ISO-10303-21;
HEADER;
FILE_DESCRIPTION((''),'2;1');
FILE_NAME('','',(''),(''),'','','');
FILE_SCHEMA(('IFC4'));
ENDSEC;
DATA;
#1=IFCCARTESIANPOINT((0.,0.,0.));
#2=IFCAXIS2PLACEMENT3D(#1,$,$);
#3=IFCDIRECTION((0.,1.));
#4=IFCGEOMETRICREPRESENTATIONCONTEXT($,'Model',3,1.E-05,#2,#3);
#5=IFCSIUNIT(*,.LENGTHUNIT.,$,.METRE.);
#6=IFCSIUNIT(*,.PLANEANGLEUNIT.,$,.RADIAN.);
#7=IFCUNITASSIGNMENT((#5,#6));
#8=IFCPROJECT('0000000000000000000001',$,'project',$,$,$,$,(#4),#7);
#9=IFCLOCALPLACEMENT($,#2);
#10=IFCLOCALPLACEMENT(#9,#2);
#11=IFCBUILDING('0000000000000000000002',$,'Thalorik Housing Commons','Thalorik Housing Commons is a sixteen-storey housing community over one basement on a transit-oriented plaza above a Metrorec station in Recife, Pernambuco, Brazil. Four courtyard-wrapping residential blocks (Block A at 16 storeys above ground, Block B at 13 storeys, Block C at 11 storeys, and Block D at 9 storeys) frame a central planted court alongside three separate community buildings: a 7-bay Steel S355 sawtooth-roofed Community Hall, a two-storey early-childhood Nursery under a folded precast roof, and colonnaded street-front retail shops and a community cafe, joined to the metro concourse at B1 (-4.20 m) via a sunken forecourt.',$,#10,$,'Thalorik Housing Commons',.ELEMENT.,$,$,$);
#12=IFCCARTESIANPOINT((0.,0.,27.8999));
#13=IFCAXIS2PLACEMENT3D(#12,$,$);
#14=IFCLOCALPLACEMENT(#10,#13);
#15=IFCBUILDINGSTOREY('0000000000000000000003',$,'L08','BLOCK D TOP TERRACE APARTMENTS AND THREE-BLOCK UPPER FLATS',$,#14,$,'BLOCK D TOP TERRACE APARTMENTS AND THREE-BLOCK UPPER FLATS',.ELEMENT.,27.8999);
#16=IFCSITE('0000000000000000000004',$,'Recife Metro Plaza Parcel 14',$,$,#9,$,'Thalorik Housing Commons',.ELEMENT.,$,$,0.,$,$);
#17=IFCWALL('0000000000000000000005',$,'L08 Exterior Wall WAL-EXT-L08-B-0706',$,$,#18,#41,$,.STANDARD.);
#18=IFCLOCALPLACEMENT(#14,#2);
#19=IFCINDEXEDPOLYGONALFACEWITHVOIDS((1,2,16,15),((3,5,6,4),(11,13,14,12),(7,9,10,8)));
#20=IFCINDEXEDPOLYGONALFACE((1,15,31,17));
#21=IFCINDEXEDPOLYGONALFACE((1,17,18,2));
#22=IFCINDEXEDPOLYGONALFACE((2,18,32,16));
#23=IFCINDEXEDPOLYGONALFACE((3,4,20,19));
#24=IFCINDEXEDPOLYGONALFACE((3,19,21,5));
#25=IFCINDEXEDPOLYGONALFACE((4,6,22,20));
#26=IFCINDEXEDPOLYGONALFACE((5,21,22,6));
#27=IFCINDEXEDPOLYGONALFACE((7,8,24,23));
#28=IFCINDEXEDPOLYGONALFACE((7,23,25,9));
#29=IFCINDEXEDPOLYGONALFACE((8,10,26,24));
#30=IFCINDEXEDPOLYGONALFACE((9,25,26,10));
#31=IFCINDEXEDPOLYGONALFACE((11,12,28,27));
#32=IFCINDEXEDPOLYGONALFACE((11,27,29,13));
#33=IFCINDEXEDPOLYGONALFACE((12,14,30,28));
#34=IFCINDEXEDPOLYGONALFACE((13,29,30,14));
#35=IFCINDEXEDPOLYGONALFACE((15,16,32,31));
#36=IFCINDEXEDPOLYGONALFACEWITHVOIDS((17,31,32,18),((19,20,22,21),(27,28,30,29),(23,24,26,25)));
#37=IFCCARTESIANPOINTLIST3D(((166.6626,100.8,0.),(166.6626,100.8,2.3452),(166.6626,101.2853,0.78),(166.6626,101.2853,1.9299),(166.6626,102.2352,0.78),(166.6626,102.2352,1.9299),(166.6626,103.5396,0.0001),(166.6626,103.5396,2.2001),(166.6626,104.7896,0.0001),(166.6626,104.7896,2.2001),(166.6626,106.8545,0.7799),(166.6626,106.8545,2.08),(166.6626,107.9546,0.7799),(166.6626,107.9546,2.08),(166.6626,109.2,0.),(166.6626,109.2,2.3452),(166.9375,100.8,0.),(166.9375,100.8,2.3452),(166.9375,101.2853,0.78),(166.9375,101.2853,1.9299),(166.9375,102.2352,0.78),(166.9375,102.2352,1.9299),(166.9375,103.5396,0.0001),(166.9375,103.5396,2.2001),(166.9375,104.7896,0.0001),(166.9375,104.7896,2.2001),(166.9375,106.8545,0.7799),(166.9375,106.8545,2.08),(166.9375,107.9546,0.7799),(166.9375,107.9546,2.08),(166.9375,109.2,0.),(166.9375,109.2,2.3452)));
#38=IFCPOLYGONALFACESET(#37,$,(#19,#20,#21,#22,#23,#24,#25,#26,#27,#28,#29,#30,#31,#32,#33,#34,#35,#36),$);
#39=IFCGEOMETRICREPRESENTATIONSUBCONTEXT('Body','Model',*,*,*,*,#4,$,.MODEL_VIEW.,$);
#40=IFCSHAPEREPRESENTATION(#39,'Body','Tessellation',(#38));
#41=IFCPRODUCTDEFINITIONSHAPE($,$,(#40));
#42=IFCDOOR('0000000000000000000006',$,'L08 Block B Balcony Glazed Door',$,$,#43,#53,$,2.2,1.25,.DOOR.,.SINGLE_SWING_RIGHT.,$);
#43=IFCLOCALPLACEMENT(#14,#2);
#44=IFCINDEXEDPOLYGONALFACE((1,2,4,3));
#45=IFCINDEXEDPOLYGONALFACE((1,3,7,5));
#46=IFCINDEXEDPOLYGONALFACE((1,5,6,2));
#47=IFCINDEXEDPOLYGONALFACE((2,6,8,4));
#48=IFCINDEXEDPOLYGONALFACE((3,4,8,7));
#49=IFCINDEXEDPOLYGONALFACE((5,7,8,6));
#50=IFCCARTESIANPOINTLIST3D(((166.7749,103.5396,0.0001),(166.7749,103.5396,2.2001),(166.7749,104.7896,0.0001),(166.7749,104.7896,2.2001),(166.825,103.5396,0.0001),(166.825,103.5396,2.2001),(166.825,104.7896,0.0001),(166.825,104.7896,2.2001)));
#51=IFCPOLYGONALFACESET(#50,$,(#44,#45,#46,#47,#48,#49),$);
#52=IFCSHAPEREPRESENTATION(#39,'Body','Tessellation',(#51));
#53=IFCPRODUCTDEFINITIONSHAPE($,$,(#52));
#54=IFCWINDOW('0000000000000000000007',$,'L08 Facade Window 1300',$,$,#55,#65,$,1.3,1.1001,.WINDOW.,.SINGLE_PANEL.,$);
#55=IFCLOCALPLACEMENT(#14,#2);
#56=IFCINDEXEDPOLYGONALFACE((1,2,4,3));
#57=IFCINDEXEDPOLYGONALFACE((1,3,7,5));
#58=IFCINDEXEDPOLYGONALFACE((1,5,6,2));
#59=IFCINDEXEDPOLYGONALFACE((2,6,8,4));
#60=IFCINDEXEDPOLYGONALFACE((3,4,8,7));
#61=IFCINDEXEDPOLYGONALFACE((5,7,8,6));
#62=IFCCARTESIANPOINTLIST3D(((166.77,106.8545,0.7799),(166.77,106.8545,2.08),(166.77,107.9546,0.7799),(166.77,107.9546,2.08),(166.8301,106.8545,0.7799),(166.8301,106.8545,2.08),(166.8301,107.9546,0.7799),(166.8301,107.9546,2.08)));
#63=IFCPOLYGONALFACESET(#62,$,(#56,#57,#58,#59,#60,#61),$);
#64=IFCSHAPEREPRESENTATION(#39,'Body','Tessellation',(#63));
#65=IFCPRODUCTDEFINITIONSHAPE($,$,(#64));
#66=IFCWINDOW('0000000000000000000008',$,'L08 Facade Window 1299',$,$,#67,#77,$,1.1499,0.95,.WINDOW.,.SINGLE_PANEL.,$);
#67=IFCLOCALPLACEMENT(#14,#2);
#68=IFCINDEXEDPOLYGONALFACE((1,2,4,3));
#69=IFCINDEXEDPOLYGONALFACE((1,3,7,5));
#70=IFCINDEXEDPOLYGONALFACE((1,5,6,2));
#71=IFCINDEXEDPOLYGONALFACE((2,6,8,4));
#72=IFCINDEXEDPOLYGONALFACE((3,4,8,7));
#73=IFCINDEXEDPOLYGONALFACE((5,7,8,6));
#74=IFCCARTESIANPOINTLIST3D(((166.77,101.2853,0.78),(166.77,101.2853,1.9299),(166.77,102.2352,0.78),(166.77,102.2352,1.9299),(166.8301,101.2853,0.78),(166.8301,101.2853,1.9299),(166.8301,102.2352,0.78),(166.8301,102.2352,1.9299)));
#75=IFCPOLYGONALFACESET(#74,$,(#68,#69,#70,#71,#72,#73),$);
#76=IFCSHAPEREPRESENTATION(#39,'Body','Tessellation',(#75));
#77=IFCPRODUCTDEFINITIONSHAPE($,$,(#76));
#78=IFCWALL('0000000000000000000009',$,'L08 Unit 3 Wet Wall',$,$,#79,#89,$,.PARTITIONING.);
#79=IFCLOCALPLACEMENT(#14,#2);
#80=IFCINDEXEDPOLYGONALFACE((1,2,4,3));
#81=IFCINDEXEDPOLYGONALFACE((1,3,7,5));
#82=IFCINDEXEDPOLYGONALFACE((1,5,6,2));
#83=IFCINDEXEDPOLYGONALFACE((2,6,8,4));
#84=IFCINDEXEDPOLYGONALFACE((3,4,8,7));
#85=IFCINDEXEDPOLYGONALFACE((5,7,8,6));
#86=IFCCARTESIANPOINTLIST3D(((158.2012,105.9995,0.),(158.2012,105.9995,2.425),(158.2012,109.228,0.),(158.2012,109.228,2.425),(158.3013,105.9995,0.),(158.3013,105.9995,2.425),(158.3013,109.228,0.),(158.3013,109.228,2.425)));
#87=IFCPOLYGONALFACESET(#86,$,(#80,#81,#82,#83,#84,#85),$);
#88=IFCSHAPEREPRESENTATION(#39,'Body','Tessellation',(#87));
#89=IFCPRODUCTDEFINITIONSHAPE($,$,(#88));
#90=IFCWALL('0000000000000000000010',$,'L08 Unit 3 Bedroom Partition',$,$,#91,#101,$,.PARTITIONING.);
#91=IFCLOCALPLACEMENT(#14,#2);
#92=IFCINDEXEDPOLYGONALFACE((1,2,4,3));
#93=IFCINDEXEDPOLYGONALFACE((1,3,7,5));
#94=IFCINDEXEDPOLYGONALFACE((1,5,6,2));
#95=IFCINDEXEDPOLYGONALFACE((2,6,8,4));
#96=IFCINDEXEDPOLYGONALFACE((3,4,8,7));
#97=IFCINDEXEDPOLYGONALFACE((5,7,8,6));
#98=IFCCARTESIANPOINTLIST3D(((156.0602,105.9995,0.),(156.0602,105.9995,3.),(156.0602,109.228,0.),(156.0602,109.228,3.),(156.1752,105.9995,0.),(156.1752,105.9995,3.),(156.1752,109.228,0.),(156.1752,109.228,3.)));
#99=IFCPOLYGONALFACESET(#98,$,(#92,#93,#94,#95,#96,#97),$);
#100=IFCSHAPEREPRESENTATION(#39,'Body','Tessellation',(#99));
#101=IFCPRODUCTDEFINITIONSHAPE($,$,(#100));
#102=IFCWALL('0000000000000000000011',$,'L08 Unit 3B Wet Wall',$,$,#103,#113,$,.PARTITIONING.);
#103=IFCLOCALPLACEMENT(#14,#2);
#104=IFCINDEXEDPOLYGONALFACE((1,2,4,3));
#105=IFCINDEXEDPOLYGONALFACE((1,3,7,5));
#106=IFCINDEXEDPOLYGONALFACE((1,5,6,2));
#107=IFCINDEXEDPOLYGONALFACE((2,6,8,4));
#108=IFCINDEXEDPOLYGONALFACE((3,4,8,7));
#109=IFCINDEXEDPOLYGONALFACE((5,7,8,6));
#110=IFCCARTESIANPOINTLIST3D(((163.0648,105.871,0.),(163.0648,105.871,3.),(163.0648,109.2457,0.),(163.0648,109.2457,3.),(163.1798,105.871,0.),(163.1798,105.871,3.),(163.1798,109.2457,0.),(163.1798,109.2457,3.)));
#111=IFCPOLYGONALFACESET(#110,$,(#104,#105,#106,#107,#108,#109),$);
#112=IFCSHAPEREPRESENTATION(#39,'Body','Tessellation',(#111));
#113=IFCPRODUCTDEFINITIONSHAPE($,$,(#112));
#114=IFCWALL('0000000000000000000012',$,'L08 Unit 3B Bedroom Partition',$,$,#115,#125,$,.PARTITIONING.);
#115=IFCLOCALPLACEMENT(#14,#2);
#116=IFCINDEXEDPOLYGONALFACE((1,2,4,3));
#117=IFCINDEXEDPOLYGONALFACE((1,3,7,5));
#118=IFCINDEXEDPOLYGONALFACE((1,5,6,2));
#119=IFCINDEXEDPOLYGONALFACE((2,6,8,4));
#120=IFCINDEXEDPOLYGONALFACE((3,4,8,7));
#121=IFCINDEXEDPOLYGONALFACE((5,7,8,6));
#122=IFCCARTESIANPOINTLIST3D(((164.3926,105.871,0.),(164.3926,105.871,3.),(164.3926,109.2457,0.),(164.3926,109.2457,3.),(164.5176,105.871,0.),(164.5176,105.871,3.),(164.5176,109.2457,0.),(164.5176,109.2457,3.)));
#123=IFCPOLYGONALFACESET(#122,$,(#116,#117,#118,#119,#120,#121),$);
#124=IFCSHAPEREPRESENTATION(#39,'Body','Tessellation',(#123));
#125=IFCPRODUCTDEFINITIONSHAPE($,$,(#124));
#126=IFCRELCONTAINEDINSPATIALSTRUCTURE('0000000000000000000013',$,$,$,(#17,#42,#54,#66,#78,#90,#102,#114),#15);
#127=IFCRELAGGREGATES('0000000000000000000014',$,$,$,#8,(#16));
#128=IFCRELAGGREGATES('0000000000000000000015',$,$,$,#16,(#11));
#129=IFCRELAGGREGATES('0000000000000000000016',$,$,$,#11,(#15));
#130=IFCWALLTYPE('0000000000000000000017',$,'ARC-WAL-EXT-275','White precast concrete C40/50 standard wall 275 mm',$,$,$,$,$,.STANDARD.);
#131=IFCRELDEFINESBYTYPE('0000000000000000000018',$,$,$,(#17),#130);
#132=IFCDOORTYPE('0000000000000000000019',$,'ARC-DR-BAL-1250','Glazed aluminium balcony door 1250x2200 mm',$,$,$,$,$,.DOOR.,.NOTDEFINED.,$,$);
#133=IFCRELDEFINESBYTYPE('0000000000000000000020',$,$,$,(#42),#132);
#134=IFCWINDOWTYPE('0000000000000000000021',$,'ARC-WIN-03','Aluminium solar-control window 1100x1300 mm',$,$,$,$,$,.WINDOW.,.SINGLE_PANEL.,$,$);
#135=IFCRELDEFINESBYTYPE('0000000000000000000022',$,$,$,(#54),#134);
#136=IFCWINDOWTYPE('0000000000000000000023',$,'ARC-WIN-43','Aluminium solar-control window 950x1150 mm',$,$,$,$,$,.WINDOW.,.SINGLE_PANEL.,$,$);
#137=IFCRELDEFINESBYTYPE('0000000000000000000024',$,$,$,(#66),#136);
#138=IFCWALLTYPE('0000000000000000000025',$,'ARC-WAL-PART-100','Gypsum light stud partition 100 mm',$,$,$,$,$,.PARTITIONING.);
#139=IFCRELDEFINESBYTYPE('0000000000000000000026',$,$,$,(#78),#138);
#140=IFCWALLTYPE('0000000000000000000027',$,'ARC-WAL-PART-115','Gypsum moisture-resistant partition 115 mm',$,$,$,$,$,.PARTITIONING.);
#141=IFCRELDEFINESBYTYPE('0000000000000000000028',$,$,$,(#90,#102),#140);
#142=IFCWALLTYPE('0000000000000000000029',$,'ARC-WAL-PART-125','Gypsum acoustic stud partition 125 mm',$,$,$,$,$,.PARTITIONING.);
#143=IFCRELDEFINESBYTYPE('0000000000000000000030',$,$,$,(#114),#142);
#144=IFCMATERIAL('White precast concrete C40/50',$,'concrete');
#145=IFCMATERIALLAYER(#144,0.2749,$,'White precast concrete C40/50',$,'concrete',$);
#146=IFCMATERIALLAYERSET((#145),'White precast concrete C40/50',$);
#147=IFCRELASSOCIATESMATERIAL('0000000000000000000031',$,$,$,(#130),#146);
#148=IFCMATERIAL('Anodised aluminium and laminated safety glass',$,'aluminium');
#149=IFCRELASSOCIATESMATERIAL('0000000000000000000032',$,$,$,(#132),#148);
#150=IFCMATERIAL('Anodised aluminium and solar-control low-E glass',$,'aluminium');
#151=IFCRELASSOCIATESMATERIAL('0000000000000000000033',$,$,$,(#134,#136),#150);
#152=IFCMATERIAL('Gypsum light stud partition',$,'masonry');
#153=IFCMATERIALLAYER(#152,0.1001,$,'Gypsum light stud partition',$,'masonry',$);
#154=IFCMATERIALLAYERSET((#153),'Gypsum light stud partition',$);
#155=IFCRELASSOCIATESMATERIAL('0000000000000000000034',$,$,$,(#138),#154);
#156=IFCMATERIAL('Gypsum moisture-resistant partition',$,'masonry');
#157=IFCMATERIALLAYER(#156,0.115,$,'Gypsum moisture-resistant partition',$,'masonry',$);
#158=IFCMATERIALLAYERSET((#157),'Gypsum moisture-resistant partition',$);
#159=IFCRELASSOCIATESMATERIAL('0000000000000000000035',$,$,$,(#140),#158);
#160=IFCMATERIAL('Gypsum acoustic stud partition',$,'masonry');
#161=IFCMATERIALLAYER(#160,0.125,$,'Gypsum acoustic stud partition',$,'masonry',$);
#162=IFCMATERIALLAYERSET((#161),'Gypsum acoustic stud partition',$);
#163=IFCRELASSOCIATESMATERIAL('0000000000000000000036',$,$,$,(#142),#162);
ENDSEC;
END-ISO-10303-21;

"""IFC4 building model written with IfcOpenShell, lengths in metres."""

from ifc_helpers import new_model, si_unit, direction, frame, frame_2d, origin, place, context, subcontext, project, spatial, rectangle, extrude, material, layer, layer_set, type_object, element, fill, save


model = new_model("IFC4")

# Units and contexts
model_context = context("Model", 3, precision=1e-05, world=origin(), true_north=direction((0.0, 1.0)))
body_context = subcontext(model_context, "Body", "Model", "MODEL_VIEW")
ifc_project = project(units=[si_unit("LENGTHUNIT", "METRE"), si_unit("PLANEANGLEUNIT", "RADIAN")], contexts=[model_context])

# Site, building, storey
site_placement = place(None, origin())
site = spatial("IfcSite", under=ifc_project, at=site_placement, Name="Recife Metro Plaza Parcel 14", LongName="Thalorik Housing Commons", CompositionType="ELEMENT", RefElevation=0.0)
building_placement = place(site_placement, origin())
building = spatial("IfcBuilding", under=site, at=building_placement, Name="Thalorik Housing Commons", Description="Thalorik Housing Commons is a sixteen-storey housing community over one basement on a transit-oriented plaza above a Metrorec station in Recife, Pernambuco, Brazil. Four courtyard-wrapping residential blocks (Block A at 16 storeys above ground, Block B at 13 storeys, Block C at 11 storeys, and Block D at 9 storeys) frame a central planted court alongside three separate community buildings: a 7-bay Steel S355 sawtooth-roofed Community Hall, a two-storey early-childhood Nursery under a folded precast roof, and colonnaded street-front retail shops and a community cafe, joined to the metro concourse at B1 (-4.20 m) via a sunken forecourt.", LongName="Thalorik Housing Commons", CompositionType="ELEMENT")
storey_placement = place(building_placement, frame((0.0, 0.0, 27.8999)))
storey = spatial("IfcBuildingStorey", under=building, at=storey_placement, Name="L08", Description="BLOCK D TOP TERRACE APARTMENTS AND THREE-BLOCK UPPER FLATS", LongName="BLOCK D TOP TERRACE APARTMENTS AND THREE-BLOCK UPPER FLATS", CompositionType="ELEMENT", Elevation=27.8999)

# Shared definitions
ifc_material_1 = material(Name="White precast concrete C40/50", Category="concrete")
ifc_layer_1 = layer(ifc_material_1, 0.2749, Name="White precast concrete C40/50", Category="concrete")
ifc_layer_set_1 = layer_set([ifc_layer_1], Name="White precast concrete C40/50")
wall_type_1 = type_object("IfcWallType", Name="ARC-WAL-EXT-275", Description="White precast concrete C40/50 standard wall 275 mm", PredefinedType="STANDARD", material=ifc_layer_set_1)
ifc_material_2 = material(Name="Anodised aluminium and solar-control low-E glass", Category="aluminium")

# Wall, openings, door, windows
wall_1_placement = place(storey_placement, frame((166.8, 100.8, 0.0), z_axis=(0.0, 0.0, 1.0), x_axis=(0.0, 1.0, 0.0)))
wall_1 = element("IfcWall", 1, at=wall_1_placement, inside=storey, type_object=wall_type_1, Name="L08 Exterior Wall WAL-EXT-L08-B-0706", PredefinedType="STANDARD", context=body_context, shape_type="SweptSolid", body=[
    extrude(rectangle(XDim=8.3999, YDim=0.2749, at=frame_2d((4.2, 0.0))), origin(), (0.0, 0.0, 1.0), 2.3452),
])
opening_1_placement = place(wall_1_placement, frame((2.7395, 0.0, 0.0)))
opening_1 = element("IfcOpeningElement", 2, at=opening_1_placement, cuts=wall_1, PredefinedType="OPENING", context=body_context, shape_type="SweptSolid", body=[
    extrude(rectangle(XDim=1.25, YDim=2.2, at=frame_2d((0.625, 1.1001))), frame((0.0, 0.1475, 0.0), z_axis=(0.0, -1.0, 0.0), x_axis=(1.0, 0.0, 0.0)), (0.0, 0.0, 1.0), 0.2949),
])
opening_2_placement = place(wall_1_placement, frame((0.4851, 0.0, 0.78)))
opening_2 = element("IfcOpeningElement", 3, at=opening_2_placement, cuts=wall_1, PredefinedType="OPENING", context=body_context, shape_type="SweptSolid", body=[
    extrude(rectangle(XDim=0.95, YDim=1.1499, at=frame_2d((0.4751, 0.575))), frame((0.0, 0.1475, 0.0), z_axis=(0.0, -1.0, 0.0), x_axis=(1.0, 0.0, 0.0)), (0.0, 0.0, 1.0), 0.2949),
])
opening_3_placement = place(wall_1_placement, frame((6.0544, 0.0, 0.78)))
opening_3 = element("IfcOpeningElement", 4, at=opening_3_placement, cuts=wall_1, PredefinedType="OPENING", context=body_context, shape_type="SweptSolid", body=[
    extrude(rectangle(XDim=1.1001, YDim=1.3, at=frame_2d((0.55, 0.6499))), frame((0.0, 0.1475, 0.0), z_axis=(0.0, -1.0, 0.0), x_axis=(1.0, 0.0, 0.0)), (0.0, 0.0, 1.0), 0.2949),
])
ifc_material_3 = material(Name="Anodised aluminium and laminated safety glass", Category="aluminium")
door_type_1 = type_object("IfcDoorType", Name="ARC-DR-BAL-1250", Description="Glazed aluminium balcony door 1250x2200 mm", OperationType="NOTDEFINED", PredefinedType="DOOR", material=ifc_material_3)
door_1_placement = place(opening_1_placement, frame((1.25, 0.0, 0.0), z_axis=(0.0, 0.0, 1.0), x_axis=(-1.0, 0.0, 0.0)))
door_1 = element("IfcDoor", 5, at=door_1_placement, inside=storey, type_object=door_type_1, Name="L08 Block B Balcony Glazed Door", OperationType="SINGLE_SWING_RIGHT", OverallHeight=2.2, OverallWidth=1.25, PredefinedType="DOOR", context=body_context, shape_type="SweptSolid", body=[
    extrude(rectangle(XDim=1.25, YDim=2.2, at=frame_2d((0.625, 1.1001))), frame((0.0, 0.0249, 0.0), z_axis=(0.0, -1.0, 0.0), x_axis=(1.0, 0.0, 0.0)), (0.0, 0.0, 1.0), 0.05),
])
fill(opening_1, door_1)
window_type_1 = type_object("IfcWindowType", Name="ARC-WIN-03", Description="Aluminium solar-control window 1100x1300 mm", PartitioningType="SINGLE_PANEL", PredefinedType="WINDOW", material=ifc_material_2)
window_1_placement = place(opening_3_placement, origin())
window_1 = element("IfcWindow", 6, at=window_1_placement, inside=storey, type_object=window_type_1, Name="L08 Facade Window 1300", OverallHeight=1.3, OverallWidth=1.1001, PartitioningType="SINGLE_PANEL", PredefinedType="WINDOW", context=body_context, shape_type="SweptSolid", body=[
    extrude(rectangle(XDim=1.1001, YDim=1.3, at=frame_2d((0.55, 0.6499))), frame((0.0, 0.03, 0.0), z_axis=(0.0, -1.0, 0.0), x_axis=(1.0, 0.0, 0.0)), (0.0, 0.0, 1.0), 0.0601),
])
fill(opening_3, window_1)
window_type_2 = type_object("IfcWindowType", Name="ARC-WIN-43", Description="Aluminium solar-control window 950x1150 mm", PartitioningType="SINGLE_PANEL", PredefinedType="WINDOW", material=ifc_material_2)
window_2_placement = place(opening_2_placement, origin())
window_2 = element("IfcWindow", 7, at=window_2_placement, inside=storey, type_object=window_type_2, Name="L08 Facade Window 1299", OverallHeight=1.1499, OverallWidth=0.95, PartitioningType="SINGLE_PANEL", PredefinedType="WINDOW", context=body_context, shape_type="SweptSolid", body=[
    extrude(rectangle(XDim=0.95, YDim=1.1499, at=frame_2d((0.4751, 0.575))), frame((0.0, 0.03, 0.0), z_axis=(0.0, -1.0, 0.0), x_axis=(1.0, 0.0, 0.0)), (0.0, 0.0, 1.0), 0.0601),
])
fill(opening_2, window_2)

# Walls
ifc_material_4 = material(Name="Gypsum light stud partition", Category="masonry")
ifc_layer_2 = layer(ifc_material_4, 0.1001, Name="Gypsum light stud partition", Category="masonry")
ifc_layer_set_2 = layer_set([ifc_layer_2], Name="Gypsum light stud partition")
wall_type_2 = type_object("IfcWallType", Name="ARC-WAL-PART-100", Description="Gypsum light stud partition 100 mm", PredefinedType="PARTITIONING", material=ifc_layer_set_2)
wall_2_placement = place(storey_placement, frame((158.2512, 105.9995, 0.0), z_axis=(0.0, 0.0, 1.0), x_axis=(0.0, 1.0, 0.0)))
element("IfcWall", 8, at=wall_2_placement, inside=storey, type_object=wall_type_2, Name="L08 Unit 3 Wet Wall", PredefinedType="PARTITIONING", context=body_context, shape_type="SweptSolid", body=[
    extrude(rectangle(XDim=3.2285, YDim=0.1001, at=frame_2d((1.6143, 0.0))), origin(), (0.0, 0.0, 1.0), 2.425),
])
ifc_material_5 = material(Name="Gypsum moisture-resistant partition", Category="masonry")
ifc_layer_3 = layer(ifc_material_5, 0.115, Name="Gypsum moisture-resistant partition", Category="masonry")
ifc_layer_set_3 = layer_set([ifc_layer_3], Name="Gypsum moisture-resistant partition")
wall_type_3 = type_object("IfcWallType", Name="ARC-WAL-PART-115", Description="Gypsum moisture-resistant partition 115 mm", PredefinedType="PARTITIONING", material=ifc_layer_set_3)
wall_3_placement = place(storey_placement, frame((156.1177, 105.9995, 0.0), z_axis=(0.0, 0.0, 1.0), x_axis=(0.0, 1.0, 0.0)))
element("IfcWall", 9, at=wall_3_placement, inside=storey, type_object=wall_type_3, Name="L08 Unit 3 Bedroom Partition", PredefinedType="PARTITIONING", context=body_context, shape_type="SweptSolid", body=[
    extrude(rectangle(XDim=3.2285, YDim=0.115, at=frame_2d((1.6143, 0.0))), origin(), (0.0, 0.0, 1.0), 3.0),
])
wall_4_placement = place(storey_placement, frame((163.1223, 105.8708, 0.0), z_axis=(0.0, 0.0, 1.0), x_axis=(0.0, 1.0, 0.0)))
element("IfcWall", 10, at=wall_4_placement, inside=storey, type_object=wall_type_3, Name="L08 Unit 3B Wet Wall", PredefinedType="PARTITIONING", context=body_context, shape_type="SweptSolid", body=[
    extrude(rectangle(XDim=3.3748, YDim=0.115, at=frame_2d((1.6875, 0.0))), origin(), (0.0, 0.0, 1.0), 3.0),
])
ifc_material_6 = material(Name="Gypsum acoustic stud partition", Category="masonry")
ifc_layer_4 = layer(ifc_material_6, 0.125, Name="Gypsum acoustic stud partition", Category="masonry")
ifc_layer_set_4 = layer_set([ifc_layer_4], Name="Gypsum acoustic stud partition")
wall_type_4 = type_object("IfcWallType", Name="ARC-WAL-PART-125", Description="Gypsum acoustic stud partition 125 mm", PredefinedType="PARTITIONING", material=ifc_layer_set_4)
wall_5_placement = place(storey_placement, frame((164.4551, 105.8708, 0.0), z_axis=(0.0, 0.0, 1.0), x_axis=(0.0, 1.0, 0.0)))
element("IfcWall", 11, at=wall_5_placement, inside=storey, type_object=wall_type_4, Name="L08 Unit 3B Bedroom Partition", PredefinedType="PARTITIONING", context=body_context, shape_type="SweptSolid", body=[
    extrude(rectangle(XDim=3.3748, YDim=0.125, at=frame_2d((1.6875, 0.0))), origin(), (0.0, 0.0, 1.0), 3.0),
])

save(model, "model.ifc")
